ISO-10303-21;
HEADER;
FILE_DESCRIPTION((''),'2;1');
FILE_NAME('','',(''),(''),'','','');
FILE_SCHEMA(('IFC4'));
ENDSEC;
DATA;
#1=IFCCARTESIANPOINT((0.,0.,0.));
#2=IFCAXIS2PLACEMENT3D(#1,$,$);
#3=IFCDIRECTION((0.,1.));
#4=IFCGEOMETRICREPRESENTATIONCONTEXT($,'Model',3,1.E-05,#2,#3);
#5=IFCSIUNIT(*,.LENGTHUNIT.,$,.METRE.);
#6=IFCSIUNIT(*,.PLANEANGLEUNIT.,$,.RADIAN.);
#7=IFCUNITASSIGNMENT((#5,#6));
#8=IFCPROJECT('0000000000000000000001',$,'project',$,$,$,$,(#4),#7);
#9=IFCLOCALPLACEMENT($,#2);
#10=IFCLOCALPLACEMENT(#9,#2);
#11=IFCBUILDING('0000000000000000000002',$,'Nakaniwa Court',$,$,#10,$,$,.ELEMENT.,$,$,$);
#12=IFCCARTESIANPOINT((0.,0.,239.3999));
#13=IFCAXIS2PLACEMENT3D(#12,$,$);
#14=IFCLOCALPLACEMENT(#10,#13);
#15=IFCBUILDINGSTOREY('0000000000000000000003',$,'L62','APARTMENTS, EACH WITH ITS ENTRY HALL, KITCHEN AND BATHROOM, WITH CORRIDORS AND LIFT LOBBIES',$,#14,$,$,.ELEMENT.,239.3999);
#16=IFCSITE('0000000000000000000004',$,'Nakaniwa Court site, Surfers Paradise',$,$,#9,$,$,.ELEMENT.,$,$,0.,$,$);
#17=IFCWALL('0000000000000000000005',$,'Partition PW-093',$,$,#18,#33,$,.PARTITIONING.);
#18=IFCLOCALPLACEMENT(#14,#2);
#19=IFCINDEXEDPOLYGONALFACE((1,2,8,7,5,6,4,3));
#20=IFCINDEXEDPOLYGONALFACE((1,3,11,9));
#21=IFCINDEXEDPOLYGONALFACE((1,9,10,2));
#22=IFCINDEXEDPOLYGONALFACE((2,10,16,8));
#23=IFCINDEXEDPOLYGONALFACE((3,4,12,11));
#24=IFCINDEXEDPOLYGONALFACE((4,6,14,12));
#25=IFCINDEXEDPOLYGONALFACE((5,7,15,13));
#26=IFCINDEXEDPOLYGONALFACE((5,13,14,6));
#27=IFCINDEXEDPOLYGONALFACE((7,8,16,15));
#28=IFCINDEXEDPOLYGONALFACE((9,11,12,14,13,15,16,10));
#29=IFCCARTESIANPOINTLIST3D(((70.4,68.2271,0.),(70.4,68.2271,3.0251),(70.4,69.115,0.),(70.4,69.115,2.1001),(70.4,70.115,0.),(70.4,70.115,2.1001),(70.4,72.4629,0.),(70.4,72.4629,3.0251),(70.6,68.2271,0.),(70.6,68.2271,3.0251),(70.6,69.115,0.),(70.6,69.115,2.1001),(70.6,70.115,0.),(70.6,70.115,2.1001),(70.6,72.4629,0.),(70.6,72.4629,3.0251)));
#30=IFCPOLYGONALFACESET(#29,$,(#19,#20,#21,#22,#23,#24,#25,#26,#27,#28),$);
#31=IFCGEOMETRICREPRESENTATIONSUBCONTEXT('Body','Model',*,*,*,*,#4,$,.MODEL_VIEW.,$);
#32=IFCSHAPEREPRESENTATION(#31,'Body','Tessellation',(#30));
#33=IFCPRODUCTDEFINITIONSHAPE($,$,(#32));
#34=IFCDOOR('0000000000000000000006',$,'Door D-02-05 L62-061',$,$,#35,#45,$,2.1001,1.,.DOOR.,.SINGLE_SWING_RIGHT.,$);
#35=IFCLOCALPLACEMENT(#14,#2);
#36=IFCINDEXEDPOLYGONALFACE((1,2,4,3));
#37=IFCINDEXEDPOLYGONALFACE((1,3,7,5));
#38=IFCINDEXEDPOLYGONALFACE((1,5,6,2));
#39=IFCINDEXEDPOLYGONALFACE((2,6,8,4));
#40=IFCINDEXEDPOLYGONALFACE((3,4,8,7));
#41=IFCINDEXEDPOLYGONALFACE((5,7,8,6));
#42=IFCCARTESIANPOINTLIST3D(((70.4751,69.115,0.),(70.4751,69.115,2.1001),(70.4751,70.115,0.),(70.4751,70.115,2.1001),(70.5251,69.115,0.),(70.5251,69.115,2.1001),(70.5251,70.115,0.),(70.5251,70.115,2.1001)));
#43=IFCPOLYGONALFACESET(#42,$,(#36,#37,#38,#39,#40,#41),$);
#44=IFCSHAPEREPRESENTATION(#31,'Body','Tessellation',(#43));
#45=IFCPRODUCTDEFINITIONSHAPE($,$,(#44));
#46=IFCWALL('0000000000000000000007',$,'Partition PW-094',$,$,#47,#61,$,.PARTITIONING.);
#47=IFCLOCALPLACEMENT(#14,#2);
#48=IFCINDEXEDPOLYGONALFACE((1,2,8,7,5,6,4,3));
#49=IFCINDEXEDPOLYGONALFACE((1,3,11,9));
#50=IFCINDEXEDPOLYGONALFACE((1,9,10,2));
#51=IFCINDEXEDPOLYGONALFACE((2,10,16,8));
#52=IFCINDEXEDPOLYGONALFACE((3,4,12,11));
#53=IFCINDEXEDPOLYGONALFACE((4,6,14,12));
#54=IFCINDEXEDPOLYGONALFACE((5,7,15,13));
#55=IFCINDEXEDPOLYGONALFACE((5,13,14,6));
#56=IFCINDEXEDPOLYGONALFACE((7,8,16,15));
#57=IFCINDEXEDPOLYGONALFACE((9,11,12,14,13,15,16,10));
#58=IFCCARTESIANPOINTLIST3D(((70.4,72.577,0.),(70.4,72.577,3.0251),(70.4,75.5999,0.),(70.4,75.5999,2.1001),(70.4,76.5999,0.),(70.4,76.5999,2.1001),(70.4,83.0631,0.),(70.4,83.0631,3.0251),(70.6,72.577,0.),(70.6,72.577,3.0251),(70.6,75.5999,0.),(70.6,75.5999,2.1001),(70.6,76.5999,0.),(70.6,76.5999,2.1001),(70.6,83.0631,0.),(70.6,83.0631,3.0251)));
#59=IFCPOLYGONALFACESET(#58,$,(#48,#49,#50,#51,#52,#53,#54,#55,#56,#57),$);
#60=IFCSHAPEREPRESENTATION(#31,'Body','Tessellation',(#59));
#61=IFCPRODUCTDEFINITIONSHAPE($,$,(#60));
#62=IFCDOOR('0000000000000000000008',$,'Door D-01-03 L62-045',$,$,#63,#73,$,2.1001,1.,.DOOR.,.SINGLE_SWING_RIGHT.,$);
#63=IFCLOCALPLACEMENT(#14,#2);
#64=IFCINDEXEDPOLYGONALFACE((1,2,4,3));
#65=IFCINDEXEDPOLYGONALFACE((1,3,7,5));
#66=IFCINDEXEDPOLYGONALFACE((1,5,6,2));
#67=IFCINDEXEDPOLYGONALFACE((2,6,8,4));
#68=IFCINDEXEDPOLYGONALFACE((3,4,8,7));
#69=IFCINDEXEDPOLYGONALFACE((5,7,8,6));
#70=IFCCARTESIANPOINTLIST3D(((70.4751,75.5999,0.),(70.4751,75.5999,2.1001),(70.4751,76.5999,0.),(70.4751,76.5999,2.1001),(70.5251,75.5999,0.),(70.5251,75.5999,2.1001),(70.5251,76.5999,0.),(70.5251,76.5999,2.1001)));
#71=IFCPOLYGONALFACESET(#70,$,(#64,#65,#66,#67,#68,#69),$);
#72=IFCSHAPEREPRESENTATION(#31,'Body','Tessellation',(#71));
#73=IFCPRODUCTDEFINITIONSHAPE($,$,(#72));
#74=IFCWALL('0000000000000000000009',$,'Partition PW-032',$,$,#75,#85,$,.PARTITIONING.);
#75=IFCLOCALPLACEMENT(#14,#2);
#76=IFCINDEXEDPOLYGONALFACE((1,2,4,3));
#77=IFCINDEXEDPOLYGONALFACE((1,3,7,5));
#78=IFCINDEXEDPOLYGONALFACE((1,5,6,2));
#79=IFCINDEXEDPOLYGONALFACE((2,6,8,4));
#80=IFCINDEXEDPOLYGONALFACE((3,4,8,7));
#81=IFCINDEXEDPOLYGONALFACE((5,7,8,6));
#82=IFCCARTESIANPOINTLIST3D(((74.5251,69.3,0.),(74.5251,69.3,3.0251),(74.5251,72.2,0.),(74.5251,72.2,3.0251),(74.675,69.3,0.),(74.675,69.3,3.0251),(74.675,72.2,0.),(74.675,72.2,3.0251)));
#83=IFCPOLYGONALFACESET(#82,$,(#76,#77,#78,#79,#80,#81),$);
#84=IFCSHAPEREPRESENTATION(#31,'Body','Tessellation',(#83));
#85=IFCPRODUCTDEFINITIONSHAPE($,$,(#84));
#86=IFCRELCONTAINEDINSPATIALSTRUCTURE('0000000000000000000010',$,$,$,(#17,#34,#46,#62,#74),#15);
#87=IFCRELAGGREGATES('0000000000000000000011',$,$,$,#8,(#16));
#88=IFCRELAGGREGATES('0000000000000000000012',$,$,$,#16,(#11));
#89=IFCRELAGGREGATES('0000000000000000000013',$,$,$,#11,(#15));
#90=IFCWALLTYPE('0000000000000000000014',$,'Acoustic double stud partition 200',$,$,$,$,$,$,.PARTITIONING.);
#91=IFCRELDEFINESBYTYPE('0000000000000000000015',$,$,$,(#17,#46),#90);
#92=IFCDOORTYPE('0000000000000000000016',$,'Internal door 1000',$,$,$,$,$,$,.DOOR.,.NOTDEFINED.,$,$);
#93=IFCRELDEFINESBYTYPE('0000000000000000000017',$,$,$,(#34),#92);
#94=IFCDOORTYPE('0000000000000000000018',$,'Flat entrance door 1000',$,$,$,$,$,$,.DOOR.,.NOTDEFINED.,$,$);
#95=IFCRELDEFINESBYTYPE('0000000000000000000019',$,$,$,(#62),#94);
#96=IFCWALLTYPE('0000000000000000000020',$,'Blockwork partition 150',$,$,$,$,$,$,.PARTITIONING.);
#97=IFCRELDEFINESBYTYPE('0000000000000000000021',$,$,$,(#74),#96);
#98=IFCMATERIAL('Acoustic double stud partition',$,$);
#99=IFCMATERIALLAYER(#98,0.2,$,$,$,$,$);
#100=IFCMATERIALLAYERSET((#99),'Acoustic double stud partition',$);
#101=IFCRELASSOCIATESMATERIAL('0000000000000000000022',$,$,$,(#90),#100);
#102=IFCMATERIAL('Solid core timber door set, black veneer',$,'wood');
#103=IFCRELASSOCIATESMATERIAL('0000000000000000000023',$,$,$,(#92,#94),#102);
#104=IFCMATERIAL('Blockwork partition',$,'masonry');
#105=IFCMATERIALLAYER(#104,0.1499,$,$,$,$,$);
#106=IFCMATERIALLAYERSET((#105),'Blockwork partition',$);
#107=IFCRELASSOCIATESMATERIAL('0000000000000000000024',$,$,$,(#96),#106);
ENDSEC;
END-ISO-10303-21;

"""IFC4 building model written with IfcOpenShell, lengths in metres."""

from ifc_helpers import new_model, si_unit, direction, frame, frame_2d, origin, place, context, subcontext, project, spatial, rectangle, extrude, material, layer, layer_set, type_object, element, fill, save


model = new_model("IFC4")

# Units and contexts
model_context = context("Model", 3, precision=1e-05, world=origin(), true_north=direction((0.0, 1.0)))
body_context = subcontext(model_context, "Body", "Model", "MODEL_VIEW")
ifc_project = project(units=[si_unit("LENGTHUNIT", "METRE"), si_unit("PLANEANGLEUNIT", "RADIAN")], contexts=[model_context])

# Site, building, storey
site_placement = place(None, origin())
site = spatial("IfcSite", under=ifc_project, at=site_placement, Name="Nakaniwa Court site, Surfers Paradise", CompositionType="ELEMENT", RefElevation=0.0)
building_placement = place(site_placement, origin())
building = spatial("IfcBuilding", under=site, at=building_placement, Name="Nakaniwa Court", CompositionType="ELEMENT")
storey_placement = place(building_placement, frame((0.0, 0.0, 239.3999)))
storey = spatial("IfcBuildingStorey", under=building, at=storey_placement, Name="L62", Description="APARTMENTS, EACH WITH ITS ENTRY HALL, KITCHEN AND BATHROOM, WITH CORRIDORS AND LIFT LOBBIES", CompositionType="ELEMENT", Elevation=239.3999)

# Shared definitions
ifc_material_1 = material(Name="Acoustic double stud partition")
ifc_layer_1 = layer(ifc_material_1, 0.2)
ifc_layer_set_1 = layer_set([ifc_layer_1], Name="Acoustic double stud partition")
wall_type_1 = type_object("IfcWallType", Name="Acoustic double stud partition 200", PredefinedType="PARTITIONING", material=ifc_layer_set_1)

# Walls, openings, doors
wall_1_placement = place(storey_placement, frame((70.5, 68.2271, 0.0), z_axis=(0.0, 0.0, 1.0), x_axis=(0.0, 1.0, 0.0)))
wall_1 = element("IfcWall", 1, at=wall_1_placement, inside=storey, type_object=wall_type_1, Name="Partition PW-093", PredefinedType="PARTITIONING", context=body_context, shape_type="SweptSolid", body=[
    extrude(rectangle(XDim=4.2358, YDim=0.2, at=frame_2d((2.1179, 0.0))), origin(), (0.0, 0.0, 1.0), 3.0251),
])
opening_1_placement = place(wall_1_placement, frame((0.8879, 0.0, 0.0)))
opening_1 = element("IfcOpeningElement", 2, at=opening_1_placement, cuts=wall_1, PredefinedType="OPENING", context=body_context, shape_type="SweptSolid", body=[
    extrude(rectangle(XDim=1.0, YDim=2.1001, at=frame_2d((0.5, 1.05))), frame((0.0, 0.1099, 0.0), z_axis=(0.0, -1.0, 0.0), x_axis=(1.0, 0.0, 0.0)), (0.0, 0.0, 1.0), 0.22),
])
ifc_material_2 = material(Name="Solid core timber door set, black veneer", Category="wood")
door_type_1 = type_object("IfcDoorType", Name="Internal door 1000", OperationType="NOTDEFINED", PredefinedType="DOOR", material=ifc_material_2)
door_1_placement = place(opening_1_placement, origin())
door_1 = element("IfcDoor", 3, at=door_1_placement, inside=storey, type_object=door_type_1, Name="Door D-02-05 L62-061", OperationType="SINGLE_SWING_RIGHT", OverallHeight=2.1001, OverallWidth=1.0, PredefinedType="DOOR", context=body_context, shape_type="SweptSolid", body=[
    extrude(rectangle(XDim=1.0, YDim=2.1001, at=frame_2d((0.5, 1.05))), frame((0.0, 0.0249, 0.0), z_axis=(0.0, -1.0, 0.0), x_axis=(1.0, 0.0, 0.0)), (0.0, 0.0, 1.0), 0.05),
])
fill(opening_1, door_1)
wall_2_placement = place(storey_placement, frame((70.5, 72.5769, 0.0), z_axis=(0.0, 0.0, 1.0), x_axis=(0.0, 1.0, 0.0)))
wall_2 = element("IfcWall", 4, at=wall_2_placement, inside=storey, type_object=wall_type_1, Name="Partition PW-094", PredefinedType="PARTITIONING", context=body_context, shape_type="SweptSolid", body=[
    extrude(rectangle(XDim=10.4861, YDim=0.2, at=frame_2d((5.2432, 0.0))), origin(), (0.0, 0.0, 1.0), 3.0251),
])
opening_2_placement = place(wall_2_placement, frame((3.0229, 0.0, 0.0)))
opening_2 = element("IfcOpeningElement", 5, at=opening_2_placement, cuts=wall_2, PredefinedType="OPENING", context=body_context, shape_type="SweptSolid", body=[
    extrude(rectangle(XDim=1.0, YDim=2.1001, at=frame_2d((0.5, 1.05))), frame((0.0, 0.1099, 0.0), z_axis=(0.0, -1.0, 0.0), x_axis=(1.0, 0.0, 0.0)), (0.0, 0.0, 1.0), 0.22),
])
door_type_2 = type_object("IfcDoorType", Name="Flat entrance door 1000", OperationType="NOTDEFINED", PredefinedType="DOOR", material=ifc_material_2)
door_2_placement = place(opening_2_placement, origin())
door_2 = element("IfcDoor", 6, at=door_2_placement, inside=storey, type_object=door_type_2, Name="Door D-01-03 L62-045", OperationType="SINGLE_SWING_RIGHT", OverallHeight=2.1001, OverallWidth=1.0, PredefinedType="DOOR", context=body_context, shape_type="SweptSolid", body=[
    extrude(rectangle(XDim=1.0, YDim=2.1001, at=frame_2d((0.5, 1.05))), frame((0.0, 0.0249, 0.0), z_axis=(0.0, -1.0, 0.0), x_axis=(1.0, 0.0, 0.0)), (0.0, 0.0, 1.0), 0.05),
])
fill(opening_2, door_2)

# Wall
ifc_material_3 = material(Name="Blockwork partition", Category="masonry")
ifc_layer_2 = layer(ifc_material_3, 0.1499)
ifc_layer_set_2 = layer_set([ifc_layer_2], Name="Blockwork partition")
wall_type_2 = type_object("IfcWallType", Name="Blockwork partition 150", PredefinedType="PARTITIONING", material=ifc_layer_set_2)
wall_3_placement = place(storey_placement, frame((74.6001, 69.3, 0.0), z_axis=(0.0, 0.0, 1.0), x_axis=(0.0, 1.0, 0.0)))
element("IfcWall", 7, at=wall_3_placement, inside=storey, type_object=wall_type_2, Name="Partition PW-032", PredefinedType="PARTITIONING", context=body_context, shape_type="SweptSolid", body=[
    extrude(rectangle(XDim=2.8999, YDim=0.1499, at=frame_2d((1.45, 0.0))), origin(), (0.0, 0.0, 1.0), 3.0251),
])

save(model, "model.ifc")
